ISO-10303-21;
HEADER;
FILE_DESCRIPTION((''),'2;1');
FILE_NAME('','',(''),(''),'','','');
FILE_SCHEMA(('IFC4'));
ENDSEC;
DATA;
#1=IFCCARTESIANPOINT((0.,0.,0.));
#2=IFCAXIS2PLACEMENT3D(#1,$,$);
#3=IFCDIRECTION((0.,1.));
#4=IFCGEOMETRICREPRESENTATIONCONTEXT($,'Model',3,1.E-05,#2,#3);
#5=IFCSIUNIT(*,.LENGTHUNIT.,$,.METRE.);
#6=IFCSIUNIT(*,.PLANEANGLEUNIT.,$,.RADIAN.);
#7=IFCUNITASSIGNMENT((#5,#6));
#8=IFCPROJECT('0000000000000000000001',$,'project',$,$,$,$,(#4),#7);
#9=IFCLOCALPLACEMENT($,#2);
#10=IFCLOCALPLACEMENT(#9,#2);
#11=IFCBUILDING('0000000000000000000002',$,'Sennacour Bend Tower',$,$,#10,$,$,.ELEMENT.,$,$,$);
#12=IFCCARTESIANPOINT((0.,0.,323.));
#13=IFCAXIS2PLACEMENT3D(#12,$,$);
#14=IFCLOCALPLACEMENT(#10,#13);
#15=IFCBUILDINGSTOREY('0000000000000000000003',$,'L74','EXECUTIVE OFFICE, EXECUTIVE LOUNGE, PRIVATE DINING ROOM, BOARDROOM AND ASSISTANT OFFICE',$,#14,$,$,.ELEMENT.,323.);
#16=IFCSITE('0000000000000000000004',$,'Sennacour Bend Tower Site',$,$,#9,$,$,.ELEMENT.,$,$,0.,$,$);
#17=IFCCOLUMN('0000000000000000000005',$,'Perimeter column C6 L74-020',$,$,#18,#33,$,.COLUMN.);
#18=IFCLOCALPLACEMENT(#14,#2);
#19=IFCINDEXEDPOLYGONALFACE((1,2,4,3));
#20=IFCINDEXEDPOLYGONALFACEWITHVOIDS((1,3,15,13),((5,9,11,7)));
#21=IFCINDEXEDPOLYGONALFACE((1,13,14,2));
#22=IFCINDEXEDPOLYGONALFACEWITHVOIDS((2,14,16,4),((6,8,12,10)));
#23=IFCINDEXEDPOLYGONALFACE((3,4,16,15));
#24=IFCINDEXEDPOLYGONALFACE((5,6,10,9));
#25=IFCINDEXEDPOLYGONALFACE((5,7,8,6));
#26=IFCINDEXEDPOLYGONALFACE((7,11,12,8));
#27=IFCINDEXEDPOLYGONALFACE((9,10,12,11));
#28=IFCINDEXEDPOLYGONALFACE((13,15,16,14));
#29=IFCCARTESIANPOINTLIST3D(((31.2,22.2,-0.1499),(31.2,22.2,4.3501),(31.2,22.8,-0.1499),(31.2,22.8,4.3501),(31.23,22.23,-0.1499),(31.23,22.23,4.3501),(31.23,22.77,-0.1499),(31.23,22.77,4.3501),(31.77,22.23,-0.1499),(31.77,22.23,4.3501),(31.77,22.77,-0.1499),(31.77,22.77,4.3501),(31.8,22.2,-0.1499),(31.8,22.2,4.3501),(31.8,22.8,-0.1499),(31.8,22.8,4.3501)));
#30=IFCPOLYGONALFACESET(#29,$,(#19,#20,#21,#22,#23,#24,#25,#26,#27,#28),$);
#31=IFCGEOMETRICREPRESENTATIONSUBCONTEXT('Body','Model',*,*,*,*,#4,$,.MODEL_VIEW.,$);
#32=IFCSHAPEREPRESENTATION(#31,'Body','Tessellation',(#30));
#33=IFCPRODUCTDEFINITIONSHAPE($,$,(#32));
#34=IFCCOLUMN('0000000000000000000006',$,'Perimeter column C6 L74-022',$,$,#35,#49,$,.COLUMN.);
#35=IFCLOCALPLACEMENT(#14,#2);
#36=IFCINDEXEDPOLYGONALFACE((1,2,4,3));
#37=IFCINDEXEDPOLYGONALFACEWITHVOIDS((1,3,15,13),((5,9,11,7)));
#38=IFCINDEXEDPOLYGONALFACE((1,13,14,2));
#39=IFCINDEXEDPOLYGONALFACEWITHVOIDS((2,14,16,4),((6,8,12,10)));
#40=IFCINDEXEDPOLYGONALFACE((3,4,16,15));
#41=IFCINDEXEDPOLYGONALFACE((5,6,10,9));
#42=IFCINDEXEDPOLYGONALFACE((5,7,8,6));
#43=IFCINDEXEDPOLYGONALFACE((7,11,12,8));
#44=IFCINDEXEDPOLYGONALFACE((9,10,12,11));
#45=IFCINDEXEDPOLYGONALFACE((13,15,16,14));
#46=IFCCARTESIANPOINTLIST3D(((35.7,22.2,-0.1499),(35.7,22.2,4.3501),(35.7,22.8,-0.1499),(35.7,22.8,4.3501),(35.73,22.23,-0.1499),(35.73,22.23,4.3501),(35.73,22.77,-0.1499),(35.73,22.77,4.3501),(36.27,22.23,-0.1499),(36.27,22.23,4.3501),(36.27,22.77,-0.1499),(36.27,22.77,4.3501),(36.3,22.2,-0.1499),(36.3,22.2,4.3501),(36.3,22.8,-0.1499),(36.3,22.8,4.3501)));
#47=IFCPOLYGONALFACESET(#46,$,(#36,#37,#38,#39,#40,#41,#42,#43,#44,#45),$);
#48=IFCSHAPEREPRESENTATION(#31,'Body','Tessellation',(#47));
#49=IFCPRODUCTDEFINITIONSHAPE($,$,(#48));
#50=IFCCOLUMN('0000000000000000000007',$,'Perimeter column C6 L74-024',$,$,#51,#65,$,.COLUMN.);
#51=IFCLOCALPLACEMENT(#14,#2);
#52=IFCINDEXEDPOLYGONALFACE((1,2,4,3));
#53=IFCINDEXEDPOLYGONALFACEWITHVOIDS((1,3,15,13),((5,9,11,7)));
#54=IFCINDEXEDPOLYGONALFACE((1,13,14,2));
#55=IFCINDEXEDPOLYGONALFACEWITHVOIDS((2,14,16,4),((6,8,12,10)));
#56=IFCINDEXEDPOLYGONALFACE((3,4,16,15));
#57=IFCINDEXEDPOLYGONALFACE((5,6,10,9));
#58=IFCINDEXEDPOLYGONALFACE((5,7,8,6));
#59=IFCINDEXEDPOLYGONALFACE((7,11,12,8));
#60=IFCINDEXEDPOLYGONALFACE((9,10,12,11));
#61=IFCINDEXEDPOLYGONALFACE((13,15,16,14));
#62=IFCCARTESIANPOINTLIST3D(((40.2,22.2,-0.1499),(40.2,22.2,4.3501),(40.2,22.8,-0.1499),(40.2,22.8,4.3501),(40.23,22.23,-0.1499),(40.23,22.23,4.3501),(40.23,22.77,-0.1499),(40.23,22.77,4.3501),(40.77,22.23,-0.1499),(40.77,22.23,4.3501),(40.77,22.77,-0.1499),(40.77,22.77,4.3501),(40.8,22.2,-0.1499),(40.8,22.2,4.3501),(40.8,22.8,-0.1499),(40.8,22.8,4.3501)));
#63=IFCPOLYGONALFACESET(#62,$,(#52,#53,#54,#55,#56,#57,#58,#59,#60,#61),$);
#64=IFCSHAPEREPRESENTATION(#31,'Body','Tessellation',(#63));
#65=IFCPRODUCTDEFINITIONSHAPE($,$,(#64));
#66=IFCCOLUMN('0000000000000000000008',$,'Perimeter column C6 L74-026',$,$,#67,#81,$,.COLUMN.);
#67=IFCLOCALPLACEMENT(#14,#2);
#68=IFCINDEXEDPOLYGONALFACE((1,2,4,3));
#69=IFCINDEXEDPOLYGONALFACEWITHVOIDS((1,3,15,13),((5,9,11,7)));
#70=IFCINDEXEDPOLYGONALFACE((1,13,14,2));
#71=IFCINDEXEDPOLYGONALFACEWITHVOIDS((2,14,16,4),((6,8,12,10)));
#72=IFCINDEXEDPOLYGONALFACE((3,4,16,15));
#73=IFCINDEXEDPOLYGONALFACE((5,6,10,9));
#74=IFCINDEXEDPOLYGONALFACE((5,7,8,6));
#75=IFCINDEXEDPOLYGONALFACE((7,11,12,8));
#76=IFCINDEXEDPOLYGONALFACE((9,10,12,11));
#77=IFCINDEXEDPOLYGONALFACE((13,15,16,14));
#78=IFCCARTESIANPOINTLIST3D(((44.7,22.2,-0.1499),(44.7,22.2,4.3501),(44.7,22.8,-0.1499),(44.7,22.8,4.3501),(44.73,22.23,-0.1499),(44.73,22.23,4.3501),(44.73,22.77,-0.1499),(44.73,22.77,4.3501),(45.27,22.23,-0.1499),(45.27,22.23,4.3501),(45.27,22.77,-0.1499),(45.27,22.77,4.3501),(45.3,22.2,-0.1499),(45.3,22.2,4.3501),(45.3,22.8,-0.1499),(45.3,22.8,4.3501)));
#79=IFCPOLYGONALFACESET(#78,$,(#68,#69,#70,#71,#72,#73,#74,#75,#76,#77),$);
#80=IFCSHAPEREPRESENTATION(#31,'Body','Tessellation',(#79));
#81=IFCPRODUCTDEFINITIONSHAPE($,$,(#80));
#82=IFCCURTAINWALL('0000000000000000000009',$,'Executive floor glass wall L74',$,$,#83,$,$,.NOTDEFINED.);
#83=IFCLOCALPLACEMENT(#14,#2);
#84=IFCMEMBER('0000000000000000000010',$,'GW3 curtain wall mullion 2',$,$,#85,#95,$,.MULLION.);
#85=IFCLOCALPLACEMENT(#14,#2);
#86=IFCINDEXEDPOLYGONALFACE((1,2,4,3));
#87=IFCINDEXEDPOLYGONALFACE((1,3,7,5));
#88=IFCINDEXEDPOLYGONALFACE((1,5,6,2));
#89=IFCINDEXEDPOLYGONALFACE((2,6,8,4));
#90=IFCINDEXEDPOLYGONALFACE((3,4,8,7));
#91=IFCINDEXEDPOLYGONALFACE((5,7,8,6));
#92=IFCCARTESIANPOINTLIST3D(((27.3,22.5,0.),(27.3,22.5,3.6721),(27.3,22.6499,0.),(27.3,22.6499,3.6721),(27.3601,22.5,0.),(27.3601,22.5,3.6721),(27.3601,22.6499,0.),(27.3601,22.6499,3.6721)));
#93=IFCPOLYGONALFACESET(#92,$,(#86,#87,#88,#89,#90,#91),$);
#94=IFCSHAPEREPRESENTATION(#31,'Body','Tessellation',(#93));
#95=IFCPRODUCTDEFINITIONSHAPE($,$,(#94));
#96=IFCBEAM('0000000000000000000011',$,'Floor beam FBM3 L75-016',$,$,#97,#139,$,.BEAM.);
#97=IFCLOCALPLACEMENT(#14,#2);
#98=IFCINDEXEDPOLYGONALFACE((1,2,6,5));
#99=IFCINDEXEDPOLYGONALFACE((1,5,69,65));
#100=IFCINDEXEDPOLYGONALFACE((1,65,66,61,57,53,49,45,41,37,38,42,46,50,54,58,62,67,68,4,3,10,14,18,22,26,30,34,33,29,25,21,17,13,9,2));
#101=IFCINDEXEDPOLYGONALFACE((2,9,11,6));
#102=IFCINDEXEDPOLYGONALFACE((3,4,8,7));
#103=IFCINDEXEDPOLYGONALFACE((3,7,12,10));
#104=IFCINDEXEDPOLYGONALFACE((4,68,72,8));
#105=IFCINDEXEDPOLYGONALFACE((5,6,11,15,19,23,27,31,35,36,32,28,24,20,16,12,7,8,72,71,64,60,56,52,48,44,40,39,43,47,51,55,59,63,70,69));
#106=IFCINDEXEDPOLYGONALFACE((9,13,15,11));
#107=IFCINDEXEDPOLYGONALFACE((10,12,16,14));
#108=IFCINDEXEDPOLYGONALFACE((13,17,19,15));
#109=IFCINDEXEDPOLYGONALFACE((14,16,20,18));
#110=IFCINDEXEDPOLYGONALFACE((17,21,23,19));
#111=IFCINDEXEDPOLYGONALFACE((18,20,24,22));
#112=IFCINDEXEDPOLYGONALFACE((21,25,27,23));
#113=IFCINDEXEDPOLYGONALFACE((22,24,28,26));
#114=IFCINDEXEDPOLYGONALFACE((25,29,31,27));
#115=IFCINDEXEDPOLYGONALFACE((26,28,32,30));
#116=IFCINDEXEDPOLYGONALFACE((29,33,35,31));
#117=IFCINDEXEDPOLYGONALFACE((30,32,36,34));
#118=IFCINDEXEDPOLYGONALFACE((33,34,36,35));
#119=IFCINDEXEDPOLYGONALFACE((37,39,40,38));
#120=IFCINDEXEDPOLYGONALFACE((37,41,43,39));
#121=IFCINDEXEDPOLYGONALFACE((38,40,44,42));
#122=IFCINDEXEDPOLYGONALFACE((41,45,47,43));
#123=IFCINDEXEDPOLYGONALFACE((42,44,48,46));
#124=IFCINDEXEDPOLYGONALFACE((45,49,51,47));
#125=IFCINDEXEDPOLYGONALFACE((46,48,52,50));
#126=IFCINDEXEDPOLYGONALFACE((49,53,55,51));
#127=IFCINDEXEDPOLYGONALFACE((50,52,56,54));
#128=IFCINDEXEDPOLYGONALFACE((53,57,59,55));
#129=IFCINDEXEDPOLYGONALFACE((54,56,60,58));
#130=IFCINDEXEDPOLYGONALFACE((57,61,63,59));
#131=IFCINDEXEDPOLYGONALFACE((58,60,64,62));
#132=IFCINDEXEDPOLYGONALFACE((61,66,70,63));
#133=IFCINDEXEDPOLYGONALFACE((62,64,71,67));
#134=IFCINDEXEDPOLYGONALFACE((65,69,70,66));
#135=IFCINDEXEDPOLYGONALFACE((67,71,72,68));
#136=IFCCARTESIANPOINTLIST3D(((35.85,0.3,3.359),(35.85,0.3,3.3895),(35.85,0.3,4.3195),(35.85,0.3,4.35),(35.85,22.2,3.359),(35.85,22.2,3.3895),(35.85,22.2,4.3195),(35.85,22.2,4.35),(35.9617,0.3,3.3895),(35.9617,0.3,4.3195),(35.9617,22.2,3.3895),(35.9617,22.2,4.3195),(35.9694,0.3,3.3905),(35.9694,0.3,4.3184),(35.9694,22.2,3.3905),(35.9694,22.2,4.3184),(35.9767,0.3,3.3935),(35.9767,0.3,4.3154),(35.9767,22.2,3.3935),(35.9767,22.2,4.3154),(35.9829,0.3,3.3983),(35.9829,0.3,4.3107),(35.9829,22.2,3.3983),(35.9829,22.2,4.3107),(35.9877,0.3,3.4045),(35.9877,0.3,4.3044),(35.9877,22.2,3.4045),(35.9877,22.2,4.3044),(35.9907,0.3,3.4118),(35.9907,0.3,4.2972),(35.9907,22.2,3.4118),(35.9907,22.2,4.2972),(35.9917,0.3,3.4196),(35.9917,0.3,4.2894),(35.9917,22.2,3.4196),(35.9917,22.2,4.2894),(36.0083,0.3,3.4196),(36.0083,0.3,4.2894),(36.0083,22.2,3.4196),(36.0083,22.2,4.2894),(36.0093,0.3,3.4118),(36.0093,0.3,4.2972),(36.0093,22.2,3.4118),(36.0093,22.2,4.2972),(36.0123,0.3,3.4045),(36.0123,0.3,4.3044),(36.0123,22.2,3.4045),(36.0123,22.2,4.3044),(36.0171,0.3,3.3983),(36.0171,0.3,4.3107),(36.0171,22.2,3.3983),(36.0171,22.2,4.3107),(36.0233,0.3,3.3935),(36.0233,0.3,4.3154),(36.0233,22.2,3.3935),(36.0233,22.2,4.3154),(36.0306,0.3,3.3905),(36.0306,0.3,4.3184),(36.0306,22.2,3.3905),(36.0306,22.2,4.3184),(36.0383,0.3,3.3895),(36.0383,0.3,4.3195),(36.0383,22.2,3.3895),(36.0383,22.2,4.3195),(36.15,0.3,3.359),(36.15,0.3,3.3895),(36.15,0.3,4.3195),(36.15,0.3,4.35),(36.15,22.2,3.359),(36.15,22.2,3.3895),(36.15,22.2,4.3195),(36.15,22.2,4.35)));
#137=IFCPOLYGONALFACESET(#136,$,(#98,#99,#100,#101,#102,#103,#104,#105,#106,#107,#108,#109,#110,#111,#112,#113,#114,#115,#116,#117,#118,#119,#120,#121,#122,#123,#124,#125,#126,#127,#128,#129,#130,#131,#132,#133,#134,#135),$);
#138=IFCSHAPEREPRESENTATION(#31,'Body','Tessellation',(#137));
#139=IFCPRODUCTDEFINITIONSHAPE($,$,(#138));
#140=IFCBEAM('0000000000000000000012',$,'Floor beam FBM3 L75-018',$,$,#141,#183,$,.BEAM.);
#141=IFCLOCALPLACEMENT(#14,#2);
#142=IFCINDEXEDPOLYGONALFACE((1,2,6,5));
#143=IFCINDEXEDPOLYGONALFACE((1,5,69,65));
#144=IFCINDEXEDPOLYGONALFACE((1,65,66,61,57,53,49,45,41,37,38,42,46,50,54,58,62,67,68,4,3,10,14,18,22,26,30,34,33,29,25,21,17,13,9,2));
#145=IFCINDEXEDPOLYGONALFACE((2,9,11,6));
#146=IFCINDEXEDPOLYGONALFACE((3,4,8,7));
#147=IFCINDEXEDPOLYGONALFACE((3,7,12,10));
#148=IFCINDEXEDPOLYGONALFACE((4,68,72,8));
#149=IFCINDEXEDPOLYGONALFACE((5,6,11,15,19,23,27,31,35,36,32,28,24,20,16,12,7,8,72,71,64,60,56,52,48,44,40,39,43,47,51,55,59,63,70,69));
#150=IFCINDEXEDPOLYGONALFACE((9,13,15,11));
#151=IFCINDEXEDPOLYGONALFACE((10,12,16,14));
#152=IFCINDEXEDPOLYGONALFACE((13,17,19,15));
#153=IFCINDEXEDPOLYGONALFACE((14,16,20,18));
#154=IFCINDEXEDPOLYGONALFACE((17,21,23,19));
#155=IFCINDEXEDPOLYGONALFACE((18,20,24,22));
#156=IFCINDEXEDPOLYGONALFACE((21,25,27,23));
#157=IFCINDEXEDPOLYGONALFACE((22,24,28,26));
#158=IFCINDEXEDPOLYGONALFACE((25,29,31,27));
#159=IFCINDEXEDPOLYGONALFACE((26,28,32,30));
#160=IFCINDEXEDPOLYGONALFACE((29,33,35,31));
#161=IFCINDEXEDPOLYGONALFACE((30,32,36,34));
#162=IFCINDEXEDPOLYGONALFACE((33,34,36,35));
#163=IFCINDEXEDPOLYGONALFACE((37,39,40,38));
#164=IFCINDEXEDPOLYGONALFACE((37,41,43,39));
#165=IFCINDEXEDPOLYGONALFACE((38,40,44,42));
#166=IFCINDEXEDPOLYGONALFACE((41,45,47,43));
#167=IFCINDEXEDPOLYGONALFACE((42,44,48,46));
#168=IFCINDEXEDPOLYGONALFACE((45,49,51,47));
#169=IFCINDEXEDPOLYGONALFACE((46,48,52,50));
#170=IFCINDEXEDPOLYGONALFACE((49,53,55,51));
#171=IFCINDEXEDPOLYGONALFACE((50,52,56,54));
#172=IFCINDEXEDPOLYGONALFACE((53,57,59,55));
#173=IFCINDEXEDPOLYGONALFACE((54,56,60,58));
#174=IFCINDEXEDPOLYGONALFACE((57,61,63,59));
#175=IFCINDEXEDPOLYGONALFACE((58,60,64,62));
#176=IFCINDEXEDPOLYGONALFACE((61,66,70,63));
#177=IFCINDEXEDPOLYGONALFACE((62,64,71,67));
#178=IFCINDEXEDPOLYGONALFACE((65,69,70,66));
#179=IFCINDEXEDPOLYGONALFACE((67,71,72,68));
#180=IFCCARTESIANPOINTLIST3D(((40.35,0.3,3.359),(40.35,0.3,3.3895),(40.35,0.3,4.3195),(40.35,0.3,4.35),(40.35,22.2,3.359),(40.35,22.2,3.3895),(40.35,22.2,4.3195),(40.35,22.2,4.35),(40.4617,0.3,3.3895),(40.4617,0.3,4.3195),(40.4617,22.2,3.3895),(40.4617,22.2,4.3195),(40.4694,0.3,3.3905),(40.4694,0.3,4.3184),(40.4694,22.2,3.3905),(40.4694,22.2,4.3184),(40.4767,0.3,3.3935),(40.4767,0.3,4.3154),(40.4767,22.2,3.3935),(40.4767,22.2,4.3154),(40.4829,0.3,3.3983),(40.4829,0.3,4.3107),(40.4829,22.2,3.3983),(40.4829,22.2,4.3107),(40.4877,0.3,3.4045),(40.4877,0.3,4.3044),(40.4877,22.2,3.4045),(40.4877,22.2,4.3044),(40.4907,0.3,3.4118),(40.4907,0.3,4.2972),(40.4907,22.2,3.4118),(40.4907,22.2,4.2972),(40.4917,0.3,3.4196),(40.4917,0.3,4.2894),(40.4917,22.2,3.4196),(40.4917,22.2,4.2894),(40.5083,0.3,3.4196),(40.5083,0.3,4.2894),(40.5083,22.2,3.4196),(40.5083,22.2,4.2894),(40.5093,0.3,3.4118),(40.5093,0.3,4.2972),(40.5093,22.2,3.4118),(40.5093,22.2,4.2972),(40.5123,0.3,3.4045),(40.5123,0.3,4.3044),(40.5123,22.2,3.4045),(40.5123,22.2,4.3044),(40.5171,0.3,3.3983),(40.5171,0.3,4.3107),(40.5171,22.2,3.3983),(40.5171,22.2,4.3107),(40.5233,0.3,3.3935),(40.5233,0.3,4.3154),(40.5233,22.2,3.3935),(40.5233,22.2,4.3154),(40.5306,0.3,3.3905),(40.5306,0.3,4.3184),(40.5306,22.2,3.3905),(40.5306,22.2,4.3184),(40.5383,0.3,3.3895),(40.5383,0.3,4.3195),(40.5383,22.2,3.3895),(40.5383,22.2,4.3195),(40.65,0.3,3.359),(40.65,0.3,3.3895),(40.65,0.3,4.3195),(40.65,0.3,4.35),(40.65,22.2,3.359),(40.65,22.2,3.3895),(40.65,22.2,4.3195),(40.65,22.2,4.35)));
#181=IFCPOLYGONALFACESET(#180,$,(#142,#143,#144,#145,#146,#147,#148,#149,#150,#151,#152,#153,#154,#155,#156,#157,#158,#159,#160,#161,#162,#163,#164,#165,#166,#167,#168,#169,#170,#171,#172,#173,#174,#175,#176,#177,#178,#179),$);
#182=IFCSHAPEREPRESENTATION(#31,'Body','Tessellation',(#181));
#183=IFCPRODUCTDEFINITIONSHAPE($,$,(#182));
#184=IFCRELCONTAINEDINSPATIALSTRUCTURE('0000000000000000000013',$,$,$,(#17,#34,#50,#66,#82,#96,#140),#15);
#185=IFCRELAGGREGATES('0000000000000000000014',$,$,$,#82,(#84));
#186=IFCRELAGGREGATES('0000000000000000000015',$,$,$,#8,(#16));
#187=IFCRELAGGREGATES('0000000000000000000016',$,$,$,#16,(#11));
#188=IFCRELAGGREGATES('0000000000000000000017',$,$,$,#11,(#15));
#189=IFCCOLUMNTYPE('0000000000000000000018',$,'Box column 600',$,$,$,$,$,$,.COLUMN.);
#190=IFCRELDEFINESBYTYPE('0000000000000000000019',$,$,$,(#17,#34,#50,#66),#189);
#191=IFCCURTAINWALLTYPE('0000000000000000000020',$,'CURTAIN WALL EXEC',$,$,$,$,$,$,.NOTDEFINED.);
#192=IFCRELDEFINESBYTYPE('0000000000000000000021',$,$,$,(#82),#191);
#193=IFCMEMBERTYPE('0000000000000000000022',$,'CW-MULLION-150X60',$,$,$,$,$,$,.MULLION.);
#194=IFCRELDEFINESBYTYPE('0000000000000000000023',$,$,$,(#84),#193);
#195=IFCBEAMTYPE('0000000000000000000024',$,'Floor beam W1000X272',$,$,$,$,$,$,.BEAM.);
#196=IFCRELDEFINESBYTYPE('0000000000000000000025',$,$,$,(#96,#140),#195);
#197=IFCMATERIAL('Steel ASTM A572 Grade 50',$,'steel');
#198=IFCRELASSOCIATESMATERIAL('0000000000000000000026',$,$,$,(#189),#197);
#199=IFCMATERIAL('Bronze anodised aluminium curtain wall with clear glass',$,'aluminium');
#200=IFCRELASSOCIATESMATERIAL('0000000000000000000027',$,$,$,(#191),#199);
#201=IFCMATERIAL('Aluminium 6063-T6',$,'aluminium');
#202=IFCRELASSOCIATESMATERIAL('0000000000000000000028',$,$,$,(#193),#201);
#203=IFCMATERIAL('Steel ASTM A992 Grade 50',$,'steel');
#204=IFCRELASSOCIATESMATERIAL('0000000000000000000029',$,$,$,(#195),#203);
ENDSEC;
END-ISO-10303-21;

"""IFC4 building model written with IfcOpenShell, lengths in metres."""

from ifc_helpers import new_model, si_unit, direction, frame, origin, origin_2d, place, context, subcontext, project, spatial, rectangle, hollow_rectangle, i_section, extrude, material, material_profile, profile_set, type_object, element, aggregate, save


model = new_model("IFC4")

# Units and contexts
model_context = context("Model", 3, precision=1e-05, world=origin(), true_north=direction((0.0, 1.0)))
body_context = subcontext(model_context, "Body", "Model", "MODEL_VIEW")
ifc_project = project(units=[si_unit("LENGTHUNIT", "METRE"), si_unit("PLANEANGLEUNIT", "RADIAN")], contexts=[model_context])

# Site, building, storey
site_placement = place(None, origin())
site = spatial("IfcSite", under=ifc_project, at=site_placement, Name="Sennacour Bend Tower Site", CompositionType="ELEMENT", RefElevation=0.0)
building_placement = place(site_placement, origin())
building = spatial("IfcBuilding", under=site, at=building_placement, Name="Sennacour Bend Tower", CompositionType="ELEMENT")
storey_placement = place(building_placement, frame((0.0, 0.0, 323.0)))
storey = spatial("IfcBuildingStorey", under=building, at=storey_placement, Name="L74", Description="EXECUTIVE OFFICE, EXECUTIVE LOUNGE, PRIVATE DINING ROOM, BOARDROOM AND ASSISTANT OFFICE", CompositionType="ELEMENT", Elevation=323.0)

# Columns
ifc_material_1 = material(Name="Steel ASTM A572 Grade 50", Category="steel")
ifc_material_profile_1 = material_profile(ifc_material_1, hollow_rectangle(XDim=0.6001, YDim=0.6001, WallThickness=0.03, at=origin_2d()), Name="Steel ASTM A572 Grade 50", Category="steel")
ifc_profile_set_1 = profile_set([ifc_material_profile_1], Name="Steel ASTM A572 Grade 50")
column_type = type_object("IfcColumnType", Name="Box column 600", PredefinedType="COLUMN", material=ifc_profile_set_1)
for number, where, z_axis, x_axis, name in (
    (1, (31.5, 22.5, -0.1499), (0.0, 0.0, 1.0), (1.0, 0.0, 0.0), "Perimeter column C6 L74-020"),
    (2, (36.0, 22.5, -0.1499), (0.0, 0.0, 1.0), (1.0, 0.0, 0.0), "Perimeter column C6 L74-022"),
    (3, (40.5, 22.5, -0.1499), (0.0, 0.0, 1.0), (1.0, 0.0, 0.0), "Perimeter column C6 L74-024"),
    (4, (45.0, 22.5, -0.1499), (0.0, 0.0, 1.0), (1.0, 0.0, 0.0), "Perimeter column C6 L74-026"),
):
    element("IfcColumn", number, at=place(storey_placement, frame(where, z_axis=z_axis, x_axis=x_axis)), inside=storey, type_object=column_type, Name=name, PredefinedType="COLUMN", context=body_context, shape_type="SweptSolid", body=[
        extrude(hollow_rectangle(XDim=0.6001, YDim=0.6001, WallThickness=0.03, at=origin_2d()), origin(), (0.0, 0.0, 1.0), 4.5),
    ])

# Curtain wall, member
ifc_material_2 = material(Name="Bronze anodised aluminium curtain wall with clear glass", Category="aluminium")
curtain_wall_type = type_object("IfcCurtainWallType", Name="CURTAIN WALL EXEC", PredefinedType="NOTDEFINED", material=ifc_material_2)
curtain_wall_placement = place(storey_placement, origin())
curtain_wall = element("IfcCurtainWall", 5, at=curtain_wall_placement, inside=storey, type_object=curtain_wall_type, Name="Executive floor glass wall L74", PredefinedType="NOTDEFINED")
ifc_material_3 = material(Name="Aluminium 6063-T6", Category="aluminium")
ifc_material_profile_2 = material_profile(ifc_material_3, rectangle(XDim=0.1499, YDim=0.0601, at=origin_2d()), Name="Aluminium 6063-T6", Category="aluminium")
ifc_profile_set_2 = profile_set([ifc_material_profile_2], Name="Aluminium 6063-T6")
member_type = type_object("IfcMemberType", Name="CW-MULLION-150X60", PredefinedType="MULLION", material=ifc_profile_set_2)
member_placement = place(storey_placement, frame((27.3301, 22.575, 0.0), z_axis=(0.0, 0.0, 1.0), x_axis=(0.0, -1.0, 0.0)))
member = element("IfcMember", 6, at=member_placement, type_object=member_type, Name="GW3 curtain wall mullion 2", PredefinedType="MULLION", context=body_context, shape_type="SweptSolid", body=[
    extrude(rectangle(XDim=0.1499, YDim=0.0601, at=origin_2d()), origin(), (0.0, 0.0, 1.0), 3.6721),
])

# Beams
ifc_material_4 = material(Name="Steel ASTM A992 Grade 50", Category="steel")
ifc_material_profile_3 = material_profile(ifc_material_4, i_section(OverallWidth=0.3, OverallDepth=0.991, WebThickness=0.0166, FlangeThickness=0.0305, FilletRadius=0.03, at=origin_2d()), Name="Steel ASTM A992 Grade 50", Category="steel")
ifc_profile_set_3 = profile_set([ifc_material_profile_3], Name="Steel ASTM A992 Grade 50")
beam_type_1 = type_object("IfcBeamType", Name="Floor beam W1000X272", PredefinedType="BEAM", material=ifc_profile_set_3)
for number, where, z_axis, x_axis, name in (
    (7, (36.0, 0.3, 3.8545), (0.0, 1.0, 0.0), (-1.0, 0.0, 0.0), "Floor beam FBM3 L75-016"),
    (8, (40.5, 0.3, 3.8545), (0.0, 1.0, 0.0), (-1.0, 0.0, 0.0), "Floor beam FBM3 L75-018"),
):
    element("IfcBeam", number, at=place(storey_placement, frame(where, z_axis=z_axis, x_axis=x_axis)), inside=storey, type_object=beam_type_1, Name=name, PredefinedType="BEAM", context=body_context, shape_type="SweptSolid", body=[
        extrude(i_section(OverallWidth=0.3, OverallDepth=0.991, WebThickness=0.0166, FlangeThickness=0.0305, FilletRadius=0.03, at=origin_2d()), origin(), (0.0, 0.0, 1.0), 21.8999),
    ])

aggregate(curtain_wall, [member])

save(model, "model.ifc")
